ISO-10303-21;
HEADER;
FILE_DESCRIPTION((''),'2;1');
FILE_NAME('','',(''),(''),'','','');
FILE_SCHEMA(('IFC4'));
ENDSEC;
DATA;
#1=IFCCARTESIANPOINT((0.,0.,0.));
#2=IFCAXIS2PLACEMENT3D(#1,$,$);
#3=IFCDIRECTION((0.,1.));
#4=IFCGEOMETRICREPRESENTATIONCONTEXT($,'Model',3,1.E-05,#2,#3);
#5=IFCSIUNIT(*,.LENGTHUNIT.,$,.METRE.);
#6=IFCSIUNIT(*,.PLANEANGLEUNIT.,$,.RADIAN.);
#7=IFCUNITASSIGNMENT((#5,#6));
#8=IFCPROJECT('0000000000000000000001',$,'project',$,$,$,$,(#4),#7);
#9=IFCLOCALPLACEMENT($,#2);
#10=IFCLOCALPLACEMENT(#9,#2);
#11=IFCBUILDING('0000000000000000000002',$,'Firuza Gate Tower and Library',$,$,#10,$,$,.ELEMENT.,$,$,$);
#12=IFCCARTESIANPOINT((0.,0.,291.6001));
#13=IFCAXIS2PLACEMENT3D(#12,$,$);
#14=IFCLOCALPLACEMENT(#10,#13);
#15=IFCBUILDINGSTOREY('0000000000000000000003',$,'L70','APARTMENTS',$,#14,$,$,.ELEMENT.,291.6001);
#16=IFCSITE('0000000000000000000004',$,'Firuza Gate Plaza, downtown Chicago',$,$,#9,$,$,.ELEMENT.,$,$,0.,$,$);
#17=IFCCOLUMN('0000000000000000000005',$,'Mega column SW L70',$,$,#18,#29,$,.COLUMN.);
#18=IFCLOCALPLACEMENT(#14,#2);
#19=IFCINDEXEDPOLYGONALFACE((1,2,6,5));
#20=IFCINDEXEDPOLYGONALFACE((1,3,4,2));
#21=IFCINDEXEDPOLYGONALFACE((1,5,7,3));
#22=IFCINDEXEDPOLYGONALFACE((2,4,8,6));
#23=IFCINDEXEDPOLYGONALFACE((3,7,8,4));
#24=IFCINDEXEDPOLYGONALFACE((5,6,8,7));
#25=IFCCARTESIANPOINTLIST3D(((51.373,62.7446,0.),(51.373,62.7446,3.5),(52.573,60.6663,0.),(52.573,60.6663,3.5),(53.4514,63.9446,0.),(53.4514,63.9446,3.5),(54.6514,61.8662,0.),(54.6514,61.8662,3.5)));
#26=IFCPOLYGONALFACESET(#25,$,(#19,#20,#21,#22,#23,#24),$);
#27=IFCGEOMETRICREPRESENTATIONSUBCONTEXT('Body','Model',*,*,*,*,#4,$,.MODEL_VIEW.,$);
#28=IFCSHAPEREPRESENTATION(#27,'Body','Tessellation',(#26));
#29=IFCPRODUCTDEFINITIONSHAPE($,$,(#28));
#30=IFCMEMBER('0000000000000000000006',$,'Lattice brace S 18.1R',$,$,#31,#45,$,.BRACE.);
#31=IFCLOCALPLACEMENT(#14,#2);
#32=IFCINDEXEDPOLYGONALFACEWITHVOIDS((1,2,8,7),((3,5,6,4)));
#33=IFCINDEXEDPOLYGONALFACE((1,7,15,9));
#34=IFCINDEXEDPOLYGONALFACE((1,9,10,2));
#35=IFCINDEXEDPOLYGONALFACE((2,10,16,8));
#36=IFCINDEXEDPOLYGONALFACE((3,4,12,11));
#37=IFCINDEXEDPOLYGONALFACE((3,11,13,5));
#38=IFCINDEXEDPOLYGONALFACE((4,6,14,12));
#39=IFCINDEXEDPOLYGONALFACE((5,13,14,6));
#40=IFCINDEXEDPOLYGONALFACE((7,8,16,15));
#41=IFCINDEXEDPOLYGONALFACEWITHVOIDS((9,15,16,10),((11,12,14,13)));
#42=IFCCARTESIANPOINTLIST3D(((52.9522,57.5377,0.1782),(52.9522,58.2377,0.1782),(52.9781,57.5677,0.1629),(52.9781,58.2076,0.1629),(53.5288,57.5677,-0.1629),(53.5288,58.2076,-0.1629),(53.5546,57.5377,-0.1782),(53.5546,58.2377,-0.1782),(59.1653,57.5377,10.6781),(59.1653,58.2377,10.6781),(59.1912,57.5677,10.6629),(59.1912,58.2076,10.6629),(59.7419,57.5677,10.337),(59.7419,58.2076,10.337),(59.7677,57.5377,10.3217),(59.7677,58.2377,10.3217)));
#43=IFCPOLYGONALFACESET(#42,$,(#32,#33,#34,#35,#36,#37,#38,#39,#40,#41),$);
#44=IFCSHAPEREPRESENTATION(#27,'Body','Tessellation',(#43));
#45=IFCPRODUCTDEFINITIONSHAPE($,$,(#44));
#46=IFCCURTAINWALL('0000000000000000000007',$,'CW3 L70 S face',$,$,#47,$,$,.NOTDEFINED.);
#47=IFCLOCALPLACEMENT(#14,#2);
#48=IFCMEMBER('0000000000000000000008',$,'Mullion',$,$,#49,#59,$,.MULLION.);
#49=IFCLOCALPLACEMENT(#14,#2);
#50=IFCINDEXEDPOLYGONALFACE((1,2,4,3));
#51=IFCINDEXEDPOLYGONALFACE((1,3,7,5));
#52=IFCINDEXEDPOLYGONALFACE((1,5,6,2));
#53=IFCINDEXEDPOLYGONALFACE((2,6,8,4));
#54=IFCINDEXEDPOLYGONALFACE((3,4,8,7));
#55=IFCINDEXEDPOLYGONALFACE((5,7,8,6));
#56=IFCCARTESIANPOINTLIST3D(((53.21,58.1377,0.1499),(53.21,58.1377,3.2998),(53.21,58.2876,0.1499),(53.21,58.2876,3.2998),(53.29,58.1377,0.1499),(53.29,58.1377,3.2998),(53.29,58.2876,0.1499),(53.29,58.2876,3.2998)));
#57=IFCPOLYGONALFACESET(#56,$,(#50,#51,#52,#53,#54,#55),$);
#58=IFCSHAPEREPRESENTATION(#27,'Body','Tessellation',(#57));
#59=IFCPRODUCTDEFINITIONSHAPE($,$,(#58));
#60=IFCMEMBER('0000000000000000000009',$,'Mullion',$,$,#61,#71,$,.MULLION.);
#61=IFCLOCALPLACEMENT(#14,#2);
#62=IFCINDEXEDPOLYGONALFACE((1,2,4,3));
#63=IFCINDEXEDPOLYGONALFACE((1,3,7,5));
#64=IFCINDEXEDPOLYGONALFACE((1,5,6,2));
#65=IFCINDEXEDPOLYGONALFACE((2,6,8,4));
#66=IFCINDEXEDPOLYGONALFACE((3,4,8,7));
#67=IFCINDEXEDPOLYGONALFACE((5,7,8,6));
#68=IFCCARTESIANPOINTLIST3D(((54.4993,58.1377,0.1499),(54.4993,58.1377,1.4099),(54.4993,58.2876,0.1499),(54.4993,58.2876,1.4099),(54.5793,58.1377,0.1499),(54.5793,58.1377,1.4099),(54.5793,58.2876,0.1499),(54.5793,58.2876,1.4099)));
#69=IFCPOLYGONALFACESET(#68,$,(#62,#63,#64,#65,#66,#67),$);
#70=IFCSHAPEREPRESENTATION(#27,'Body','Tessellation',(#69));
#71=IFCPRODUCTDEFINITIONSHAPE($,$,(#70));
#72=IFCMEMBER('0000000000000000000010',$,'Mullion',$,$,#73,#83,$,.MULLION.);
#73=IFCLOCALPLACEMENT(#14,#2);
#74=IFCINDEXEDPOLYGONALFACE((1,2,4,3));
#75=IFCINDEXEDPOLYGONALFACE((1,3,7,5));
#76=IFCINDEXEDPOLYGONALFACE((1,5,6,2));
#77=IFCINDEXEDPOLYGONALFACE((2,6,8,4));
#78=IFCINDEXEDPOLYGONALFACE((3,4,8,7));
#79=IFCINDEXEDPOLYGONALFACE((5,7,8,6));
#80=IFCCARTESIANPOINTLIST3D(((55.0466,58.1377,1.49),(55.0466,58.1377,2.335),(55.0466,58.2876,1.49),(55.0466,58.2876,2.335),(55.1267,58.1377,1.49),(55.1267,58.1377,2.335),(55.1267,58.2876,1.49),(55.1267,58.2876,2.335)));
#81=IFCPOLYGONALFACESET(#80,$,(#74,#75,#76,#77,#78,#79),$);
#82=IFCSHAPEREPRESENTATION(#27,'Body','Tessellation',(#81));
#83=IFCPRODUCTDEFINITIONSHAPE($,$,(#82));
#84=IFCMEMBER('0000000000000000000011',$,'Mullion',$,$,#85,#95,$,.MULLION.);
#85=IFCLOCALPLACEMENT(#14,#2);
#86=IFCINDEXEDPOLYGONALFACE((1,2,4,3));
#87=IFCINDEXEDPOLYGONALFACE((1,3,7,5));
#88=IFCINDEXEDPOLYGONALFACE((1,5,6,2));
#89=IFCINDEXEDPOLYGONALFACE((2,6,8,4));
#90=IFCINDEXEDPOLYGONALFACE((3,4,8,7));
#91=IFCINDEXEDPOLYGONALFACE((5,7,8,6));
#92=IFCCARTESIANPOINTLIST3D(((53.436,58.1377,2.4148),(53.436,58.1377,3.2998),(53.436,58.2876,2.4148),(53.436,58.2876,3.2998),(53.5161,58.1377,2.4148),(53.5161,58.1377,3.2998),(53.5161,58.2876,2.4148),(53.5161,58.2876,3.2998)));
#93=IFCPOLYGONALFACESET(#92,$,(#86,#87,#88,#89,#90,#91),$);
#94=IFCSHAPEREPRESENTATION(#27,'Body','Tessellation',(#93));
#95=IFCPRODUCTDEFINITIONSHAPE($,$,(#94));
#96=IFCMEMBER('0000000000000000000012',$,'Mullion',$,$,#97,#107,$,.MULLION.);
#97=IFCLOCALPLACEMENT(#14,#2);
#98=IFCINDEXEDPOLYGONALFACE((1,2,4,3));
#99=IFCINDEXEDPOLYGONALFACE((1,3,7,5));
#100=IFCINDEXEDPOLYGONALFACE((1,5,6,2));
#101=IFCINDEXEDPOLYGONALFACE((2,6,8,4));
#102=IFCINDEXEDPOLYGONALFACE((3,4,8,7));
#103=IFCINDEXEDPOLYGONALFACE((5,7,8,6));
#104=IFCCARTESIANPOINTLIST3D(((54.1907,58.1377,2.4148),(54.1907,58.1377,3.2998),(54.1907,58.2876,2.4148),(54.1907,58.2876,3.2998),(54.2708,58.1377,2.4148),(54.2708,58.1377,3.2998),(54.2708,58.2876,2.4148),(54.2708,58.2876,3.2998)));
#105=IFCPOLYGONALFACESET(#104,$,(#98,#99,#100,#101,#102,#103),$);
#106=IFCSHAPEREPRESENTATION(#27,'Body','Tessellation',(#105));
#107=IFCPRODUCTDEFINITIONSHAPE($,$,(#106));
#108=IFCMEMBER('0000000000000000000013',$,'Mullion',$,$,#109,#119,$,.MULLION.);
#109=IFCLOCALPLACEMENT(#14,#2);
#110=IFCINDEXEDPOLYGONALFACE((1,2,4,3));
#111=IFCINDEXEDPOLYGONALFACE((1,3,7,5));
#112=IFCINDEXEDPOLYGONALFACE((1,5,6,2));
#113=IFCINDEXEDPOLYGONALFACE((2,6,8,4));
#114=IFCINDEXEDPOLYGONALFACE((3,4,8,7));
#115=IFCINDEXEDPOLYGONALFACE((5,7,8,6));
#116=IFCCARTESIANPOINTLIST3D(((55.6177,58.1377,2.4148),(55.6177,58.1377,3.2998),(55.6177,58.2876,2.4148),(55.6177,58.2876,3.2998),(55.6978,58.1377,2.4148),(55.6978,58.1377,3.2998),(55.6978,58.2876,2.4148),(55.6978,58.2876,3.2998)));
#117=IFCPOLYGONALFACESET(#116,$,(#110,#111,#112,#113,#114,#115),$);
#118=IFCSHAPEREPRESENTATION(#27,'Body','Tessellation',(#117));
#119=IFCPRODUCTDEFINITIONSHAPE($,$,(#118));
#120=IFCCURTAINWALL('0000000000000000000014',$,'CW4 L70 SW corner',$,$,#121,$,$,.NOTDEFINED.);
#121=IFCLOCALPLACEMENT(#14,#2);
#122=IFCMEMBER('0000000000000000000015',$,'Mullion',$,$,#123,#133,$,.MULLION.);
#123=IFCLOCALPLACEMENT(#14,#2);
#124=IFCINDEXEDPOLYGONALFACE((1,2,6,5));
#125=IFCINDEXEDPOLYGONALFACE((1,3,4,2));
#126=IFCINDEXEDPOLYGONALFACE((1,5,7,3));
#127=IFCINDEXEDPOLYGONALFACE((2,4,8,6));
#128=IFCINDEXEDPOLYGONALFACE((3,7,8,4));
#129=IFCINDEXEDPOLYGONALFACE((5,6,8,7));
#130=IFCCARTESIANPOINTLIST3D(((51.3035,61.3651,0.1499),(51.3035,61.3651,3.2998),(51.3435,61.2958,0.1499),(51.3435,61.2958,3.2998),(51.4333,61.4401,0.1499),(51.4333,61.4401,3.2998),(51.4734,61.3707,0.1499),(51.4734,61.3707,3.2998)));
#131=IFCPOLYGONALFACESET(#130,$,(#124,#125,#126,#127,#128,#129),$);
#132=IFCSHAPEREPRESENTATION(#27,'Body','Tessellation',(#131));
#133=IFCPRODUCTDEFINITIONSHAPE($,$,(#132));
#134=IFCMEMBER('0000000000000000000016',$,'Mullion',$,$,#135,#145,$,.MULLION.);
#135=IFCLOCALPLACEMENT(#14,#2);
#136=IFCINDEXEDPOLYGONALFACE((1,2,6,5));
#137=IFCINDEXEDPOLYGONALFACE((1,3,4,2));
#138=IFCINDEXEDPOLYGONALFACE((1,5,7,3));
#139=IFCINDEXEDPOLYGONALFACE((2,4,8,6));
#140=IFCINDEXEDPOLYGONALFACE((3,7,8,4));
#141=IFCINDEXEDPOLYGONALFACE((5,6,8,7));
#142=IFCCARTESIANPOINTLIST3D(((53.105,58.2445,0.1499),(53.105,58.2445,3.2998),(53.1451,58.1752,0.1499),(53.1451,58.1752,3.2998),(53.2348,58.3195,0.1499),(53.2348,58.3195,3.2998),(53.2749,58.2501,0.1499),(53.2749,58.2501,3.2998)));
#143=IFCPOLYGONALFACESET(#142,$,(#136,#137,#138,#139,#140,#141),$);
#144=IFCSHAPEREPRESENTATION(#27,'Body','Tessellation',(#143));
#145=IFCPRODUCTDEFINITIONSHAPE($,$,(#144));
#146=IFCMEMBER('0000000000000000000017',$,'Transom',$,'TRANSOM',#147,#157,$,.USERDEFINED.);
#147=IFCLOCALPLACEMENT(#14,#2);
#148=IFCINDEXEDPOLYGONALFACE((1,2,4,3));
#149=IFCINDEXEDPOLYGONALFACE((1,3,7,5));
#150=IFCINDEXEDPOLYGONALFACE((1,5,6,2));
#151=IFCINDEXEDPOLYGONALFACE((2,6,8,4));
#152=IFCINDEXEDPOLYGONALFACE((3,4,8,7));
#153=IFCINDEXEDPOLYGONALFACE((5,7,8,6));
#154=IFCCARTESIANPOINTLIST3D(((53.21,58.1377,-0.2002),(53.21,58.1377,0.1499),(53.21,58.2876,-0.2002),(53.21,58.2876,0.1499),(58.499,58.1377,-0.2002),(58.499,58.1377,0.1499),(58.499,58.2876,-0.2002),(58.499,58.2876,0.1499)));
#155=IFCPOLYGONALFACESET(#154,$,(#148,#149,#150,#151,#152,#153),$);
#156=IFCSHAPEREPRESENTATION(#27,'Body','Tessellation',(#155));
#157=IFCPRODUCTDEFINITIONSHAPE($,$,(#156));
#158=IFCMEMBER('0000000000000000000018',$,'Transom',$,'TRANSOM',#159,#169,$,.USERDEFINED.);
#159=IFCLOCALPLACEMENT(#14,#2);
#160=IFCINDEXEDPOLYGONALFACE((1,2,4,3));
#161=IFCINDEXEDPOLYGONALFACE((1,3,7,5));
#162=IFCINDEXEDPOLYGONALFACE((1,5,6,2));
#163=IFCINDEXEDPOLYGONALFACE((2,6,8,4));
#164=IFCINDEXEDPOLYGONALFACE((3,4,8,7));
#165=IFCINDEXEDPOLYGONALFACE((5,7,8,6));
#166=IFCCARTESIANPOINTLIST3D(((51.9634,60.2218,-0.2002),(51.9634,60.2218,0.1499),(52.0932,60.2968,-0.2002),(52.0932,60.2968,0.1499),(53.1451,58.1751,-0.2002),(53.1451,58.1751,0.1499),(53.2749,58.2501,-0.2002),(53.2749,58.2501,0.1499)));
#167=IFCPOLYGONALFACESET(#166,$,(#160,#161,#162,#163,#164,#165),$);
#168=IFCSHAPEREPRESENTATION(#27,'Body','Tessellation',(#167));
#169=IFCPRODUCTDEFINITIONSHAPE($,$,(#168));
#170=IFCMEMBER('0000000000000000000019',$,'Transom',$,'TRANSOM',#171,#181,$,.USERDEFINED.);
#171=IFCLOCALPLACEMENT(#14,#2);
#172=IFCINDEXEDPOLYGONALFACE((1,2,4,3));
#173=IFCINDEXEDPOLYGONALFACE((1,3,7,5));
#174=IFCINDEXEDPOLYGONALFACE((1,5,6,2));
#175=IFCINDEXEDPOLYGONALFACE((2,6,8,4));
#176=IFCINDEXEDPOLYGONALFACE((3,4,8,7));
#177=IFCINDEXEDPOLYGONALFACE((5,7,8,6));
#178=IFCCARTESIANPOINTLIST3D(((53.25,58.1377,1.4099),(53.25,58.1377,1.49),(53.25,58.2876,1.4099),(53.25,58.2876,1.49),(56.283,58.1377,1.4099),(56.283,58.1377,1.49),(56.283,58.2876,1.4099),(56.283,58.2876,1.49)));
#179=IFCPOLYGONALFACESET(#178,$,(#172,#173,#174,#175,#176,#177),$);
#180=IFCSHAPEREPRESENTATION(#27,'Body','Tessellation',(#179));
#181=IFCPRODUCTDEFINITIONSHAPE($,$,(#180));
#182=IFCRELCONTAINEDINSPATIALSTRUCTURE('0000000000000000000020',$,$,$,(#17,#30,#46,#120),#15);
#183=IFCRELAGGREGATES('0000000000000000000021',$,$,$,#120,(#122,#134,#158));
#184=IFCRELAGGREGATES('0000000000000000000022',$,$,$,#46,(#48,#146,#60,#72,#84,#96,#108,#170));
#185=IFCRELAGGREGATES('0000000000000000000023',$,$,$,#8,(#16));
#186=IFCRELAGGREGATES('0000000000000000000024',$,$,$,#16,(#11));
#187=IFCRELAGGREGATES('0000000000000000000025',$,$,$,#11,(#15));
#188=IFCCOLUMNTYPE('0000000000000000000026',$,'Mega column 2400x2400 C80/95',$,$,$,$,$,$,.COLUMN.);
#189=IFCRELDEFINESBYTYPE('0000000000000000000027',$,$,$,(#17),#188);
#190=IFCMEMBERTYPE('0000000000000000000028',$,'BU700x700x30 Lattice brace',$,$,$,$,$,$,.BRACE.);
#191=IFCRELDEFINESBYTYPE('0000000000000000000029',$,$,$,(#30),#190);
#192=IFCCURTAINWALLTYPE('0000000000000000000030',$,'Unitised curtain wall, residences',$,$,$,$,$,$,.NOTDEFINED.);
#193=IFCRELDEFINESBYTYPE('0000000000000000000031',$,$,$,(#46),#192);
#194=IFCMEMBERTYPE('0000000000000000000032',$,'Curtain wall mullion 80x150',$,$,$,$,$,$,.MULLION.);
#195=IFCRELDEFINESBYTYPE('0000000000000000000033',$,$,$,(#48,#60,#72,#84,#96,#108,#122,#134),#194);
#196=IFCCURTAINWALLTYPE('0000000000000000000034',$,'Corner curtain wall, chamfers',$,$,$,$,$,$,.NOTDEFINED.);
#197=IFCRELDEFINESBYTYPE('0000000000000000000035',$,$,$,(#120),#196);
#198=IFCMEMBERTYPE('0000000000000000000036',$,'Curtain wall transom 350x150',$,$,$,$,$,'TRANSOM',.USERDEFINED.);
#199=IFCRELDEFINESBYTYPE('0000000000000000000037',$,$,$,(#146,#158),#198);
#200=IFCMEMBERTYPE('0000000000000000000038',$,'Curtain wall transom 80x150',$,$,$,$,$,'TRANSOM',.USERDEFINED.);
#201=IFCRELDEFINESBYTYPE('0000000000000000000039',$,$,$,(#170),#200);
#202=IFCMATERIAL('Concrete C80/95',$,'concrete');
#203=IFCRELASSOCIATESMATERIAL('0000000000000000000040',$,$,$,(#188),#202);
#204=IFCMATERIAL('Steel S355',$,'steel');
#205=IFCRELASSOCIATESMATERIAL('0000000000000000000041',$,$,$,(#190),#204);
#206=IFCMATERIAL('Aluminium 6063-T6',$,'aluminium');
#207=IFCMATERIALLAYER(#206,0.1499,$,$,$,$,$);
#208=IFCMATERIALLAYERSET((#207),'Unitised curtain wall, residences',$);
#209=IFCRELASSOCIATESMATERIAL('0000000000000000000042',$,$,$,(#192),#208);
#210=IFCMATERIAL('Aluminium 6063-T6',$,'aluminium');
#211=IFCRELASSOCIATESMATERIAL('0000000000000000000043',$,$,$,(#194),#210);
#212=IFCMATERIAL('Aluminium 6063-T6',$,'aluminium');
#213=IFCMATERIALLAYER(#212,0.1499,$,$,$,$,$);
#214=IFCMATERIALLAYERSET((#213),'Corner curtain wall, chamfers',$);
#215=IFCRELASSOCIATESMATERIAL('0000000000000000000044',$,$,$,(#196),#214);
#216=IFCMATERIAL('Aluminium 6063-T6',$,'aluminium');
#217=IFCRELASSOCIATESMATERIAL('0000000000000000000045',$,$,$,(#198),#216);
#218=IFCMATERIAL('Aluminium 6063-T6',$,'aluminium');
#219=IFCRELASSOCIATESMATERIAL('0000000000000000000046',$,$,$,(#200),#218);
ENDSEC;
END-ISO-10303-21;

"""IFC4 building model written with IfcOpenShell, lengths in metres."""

from ifc_helpers import new_model, si_unit, direction, frame, origin, origin_2d, place, context, subcontext, project, spatial, rectangle, hollow_rectangle, extrude, material, layer, layer_set, material_profile, profile_set, type_object, element, aggregate, save


model = new_model("IFC4")

# Units and contexts
model_context = context("Model", 3, precision=1e-05, world=origin(), true_north=direction((0.0, 1.0)))
body_context = subcontext(model_context, "Body", "Model", "MODEL_VIEW")
ifc_project = project(units=[si_unit("LENGTHUNIT", "METRE"), si_unit("PLANEANGLEUNIT", "RADIAN")], contexts=[model_context])

# Site, building, storey
site_placement = place(None, origin())
site = spatial("IfcSite", under=ifc_project, at=site_placement, Name="Firuza Gate Plaza, downtown Chicago", CompositionType="ELEMENT", RefElevation=0.0)
building_placement = place(site_placement, origin())
building = spatial("IfcBuilding", under=site, at=building_placement, Name="Firuza Gate Tower and Library", CompositionType="ELEMENT")
storey_placement = place(building_placement, frame((0.0, 0.0, 291.6001)))
storey = spatial("IfcBuildingStorey", under=building, at=storey_placement, Name="L70", Description="APARTMENTS", CompositionType="ELEMENT", Elevation=291.6001)

# Column
ifc_material_1 = material(Name="Concrete C80/95", Category="concrete")
ifc_material_profile_1 = material_profile(ifc_material_1, rectangle(XDim=2.3999, YDim=2.3999, at=origin_2d()))
ifc_profile_set_1 = profile_set([ifc_material_profile_1], Name="Concrete C80/95")
column_type = type_object("IfcColumnType", Name="Mega column 2400x2400 C80/95", PredefinedType="COLUMN", material=ifc_profile_set_1)
column_placement = place(storey_placement, frame((53.0122, 62.3054, 0.0), z_axis=(0.0, 0.0, 1.0), x_axis=(0.5, -0.866025, 0.0)))
element("IfcColumn", 1, at=column_placement, inside=storey, type_object=column_type, Name="Mega column SW L70", PredefinedType="COLUMN", context=body_context, shape_type="SweptSolid", body=[
    extrude(rectangle(XDim=2.3999, YDim=2.3999, at=origin_2d()), origin(), (0.0, 0.0, 1.0), 3.5),
])

# Member
ifc_material_2 = material(Name="Steel S355", Category="steel")
ifc_material_profile_2 = material_profile(ifc_material_2, hollow_rectangle(XDim=0.7, YDim=0.7, WallThickness=0.03, at=origin_2d()))
ifc_profile_set_2 = profile_set([ifc_material_profile_2], Name="Steel S355")
member_type_1 = type_object("IfcMemberType", Name="BU700x700x30 Lattice brace", PredefinedType="BRACE", material=ifc_profile_set_2)
member_1_placement = place(storey_placement, frame((53.2534, 57.8877, 0.0), z_axis=(0.509251, 0.0, 0.860618), x_axis=(0.0, 1.0, 0.0)))
element("IfcMember", 2, at=member_1_placement, inside=storey, type_object=member_type_1, Name="Lattice brace S 18.1R", PredefinedType="BRACE", context=body_context, shape_type="SweptSolid", body=[
    extrude(hollow_rectangle(XDim=0.7, YDim=0.7, WallThickness=0.03, at=origin_2d()), origin(), (0.0, 0.0, 1.0), 12.2004),
])

# Curtain walls, members
ifc_material_3 = material(Name="Aluminium 6063-T6", Category="aluminium")
ifc_layer_1 = layer(ifc_material_3, 0.1499)
ifc_layer_set_1 = layer_set([ifc_layer_1], Name="Unitised curtain wall, residences")
curtain_wall_type_1 = type_object("IfcCurtainWallType", Name="Unitised curtain wall, residences", PredefinedType="NOTDEFINED", material=ifc_layer_set_1)
placement_1 = place(storey_placement, origin())
curtain_wall_1 = element("IfcCurtainWall", 3, at=placement_1, inside=storey, type_object=curtain_wall_type_1, Name="CW3 L70 S face", PredefinedType="NOTDEFINED")
ifc_material_4 = material(Name="Aluminium 6063-T6", Category="aluminium")
ifc_material_profile_3 = material_profile(ifc_material_4, rectangle(XDim=0.1499, YDim=0.0801, at=origin_2d()))
ifc_profile_set_3 = profile_set([ifc_material_profile_3], Name="Aluminium 6063-T6")
member_type_2 = type_object("IfcMemberType", Name="Curtain wall mullion 80x150", PredefinedType="MULLION", material=ifc_profile_set_3)
member_2_placement = place(storey_placement, frame((53.25, 58.2126, 0.1499), z_axis=(0.0, 0.0, 1.0), x_axis=(0.0, 1.0, 0.0)))
member_2 = element("IfcMember", 4, at=member_2_placement, type_object=member_type_2, Name="Mullion", PredefinedType="MULLION", context=body_context, shape_type="SweptSolid", body=[
    extrude(rectangle(XDim=0.1499, YDim=0.0801, at=origin_2d()), origin(), (0.0, 0.0, 1.0), 3.1499),
])
member_3_placement = place(storey_placement, frame((54.5393, 58.2126, 0.1499), z_axis=(0.0, 0.0, 1.0), x_axis=(0.0, 1.0, 0.0)))
member_3 = element("IfcMember", 5, at=member_3_placement, type_object=member_type_2, Name="Mullion", PredefinedType="MULLION", context=body_context, shape_type="SweptSolid", body=[
    extrude(rectangle(XDim=0.1499, YDim=0.0801, at=origin_2d()), origin(), (0.0, 0.0, 1.0), 1.26),
])
member_4_placement = place(storey_placement, frame((55.0867, 58.2126, 1.49), z_axis=(0.0, 0.0, 1.0), x_axis=(0.0, 1.0, 0.0)))
member_4 = element("IfcMember", 6, at=member_4_placement, type_object=member_type_2, Name="Mullion", PredefinedType="MULLION", context=body_context, shape_type="SweptSolid", body=[
    extrude(rectangle(XDim=0.1499, YDim=0.0801, at=origin_2d()), origin(), (0.0, 0.0, 1.0), 0.845),
])
member_5_placement = place(storey_placement, frame((53.4761, 58.2126, 2.4148), z_axis=(0.0, 0.0, 1.0), x_axis=(0.0, 1.0, 0.0)))
member_5 = element("IfcMember", 7, at=member_5_placement, type_object=member_type_2, Name="Mullion", PredefinedType="MULLION", context=body_context, shape_type="SweptSolid", body=[
    extrude(rectangle(XDim=0.1499, YDim=0.0801, at=origin_2d()), origin(), (0.0, 0.0, 1.0), 0.885),
])
member_6_placement = place(storey_placement, frame((54.2307, 58.2126, 2.4148), z_axis=(0.0, 0.0, 1.0), x_axis=(0.0, 1.0, 0.0)))
member_6 = element("IfcMember", 8, at=member_6_placement, type_object=member_type_2, Name="Mullion", PredefinedType="MULLION", context=body_context, shape_type="SweptSolid", body=[
    extrude(rectangle(XDim=0.1499, YDim=0.0801, at=origin_2d()), origin(), (0.0, 0.0, 1.0), 0.885),
])
member_7_placement = place(storey_placement, frame((55.6577, 58.2126, 2.4148), z_axis=(0.0, 0.0, 1.0), x_axis=(0.0, 1.0, 0.0)))
member_7 = element("IfcMember", 9, at=member_7_placement, type_object=member_type_2, Name="Mullion", PredefinedType="MULLION", context=body_context, shape_type="SweptSolid", body=[
    extrude(rectangle(XDim=0.1499, YDim=0.0801, at=origin_2d()), origin(), (0.0, 0.0, 1.0), 0.885),
])
ifc_material_5 = material(Name="Aluminium 6063-T6", Category="aluminium")
ifc_layer_2 = layer(ifc_material_5, 0.1499)
ifc_layer_set_2 = layer_set([ifc_layer_2], Name="Corner curtain wall, chamfers")
curtain_wall_type_2 = type_object("IfcCurtainWallType", Name="Corner curtain wall, chamfers", PredefinedType="NOTDEFINED", material=ifc_layer_set_2)
curtain_wall_2 = element("IfcCurtainWall", 10, at=placement_1, inside=storey, type_object=curtain_wall_type_2, Name="CW4 L70 SW corner", PredefinedType="NOTDEFINED")
member_8_placement = place(storey_placement, frame((51.3884, 61.3679, 0.1499), z_axis=(0.0, 0.0, 1.0), x_axis=(0.866025, 0.5, 0.0)))
member_8 = element("IfcMember", 11, at=member_8_placement, type_object=member_type_2, Name="Mullion", PredefinedType="MULLION", context=body_context, shape_type="SweptSolid", body=[
    extrude(rectangle(XDim=0.1499, YDim=0.0801, at=origin_2d()), origin(), (0.0, 0.0, 1.0), 3.1499),
])
member_9_placement = place(storey_placement, frame((53.1899, 58.2473, 0.1499), z_axis=(0.0, 0.0, 1.0), x_axis=(0.866025, 0.5, 0.0)))
member_9 = element("IfcMember", 12, at=member_9_placement, type_object=member_type_2, Name="Mullion", PredefinedType="MULLION", context=body_context, shape_type="SweptSolid", body=[
    extrude(rectangle(XDim=0.1499, YDim=0.0801, at=origin_2d()), origin(), (0.0, 0.0, 1.0), 3.1499),
])

# Members
ifc_material_6 = material(Name="Aluminium 6063-T6", Category="aluminium")
ifc_material_profile_4 = material_profile(ifc_material_6, rectangle(XDim=0.1499, YDim=0.3501, at=origin_2d()))
ifc_profile_set_4 = profile_set([ifc_material_profile_4], Name="Aluminium 6063-T6")
member_type_3 = type_object("IfcMemberType", Name="Curtain wall transom 350x150", ElementType="TRANSOM", PredefinedType="USERDEFINED", material=ifc_profile_set_4)
member_10_placement = place(storey_placement, frame((53.21, 58.2126, -0.0251), z_axis=(1.0, 0.0, 0.0), x_axis=(0.0, 1.0, 0.0)))
member_10 = element("IfcMember", 13, at=member_10_placement, type_object=member_type_3, Name="Transom", ObjectType="TRANSOM", PredefinedType="USERDEFINED", context=body_context, shape_type="SweptSolid", body=[
    extrude(rectangle(XDim=0.1499, YDim=0.3501, at=origin_2d()), origin(), (0.0, 0.0, 1.0), 5.2891),
])
member_11_placement = place(storey_placement, frame((52.0283, 60.2593, -0.0251), z_axis=(0.500006, -0.866022, 0.0), x_axis=(0.866022, 0.500006, 0.0)))
member_11 = element("IfcMember", 14, at=member_11_placement, type_object=member_type_3, Name="Transom", ObjectType="TRANSOM", PredefinedType="USERDEFINED", context=body_context, shape_type="SweptSolid", body=[
    extrude(rectangle(XDim=0.1499, YDim=0.3501, at=origin_2d()), origin(), (0.0, 0.0, 1.0), 2.3633),
])
ifc_material_7 = material(Name="Aluminium 6063-T6", Category="aluminium")
ifc_material_profile_5 = material_profile(ifc_material_7, rectangle(XDim=0.1499, YDim=0.0801, at=origin_2d()))
ifc_profile_set_5 = profile_set([ifc_material_profile_5], Name="Aluminium 6063-T6")
member_type_4 = type_object("IfcMemberType", Name="Curtain wall transom 80x150", ElementType="TRANSOM", PredefinedType="USERDEFINED", material=ifc_profile_set_5)
member_12_placement = place(storey_placement, frame((53.25, 58.2126, 1.45), z_axis=(1.0, 0.0, 0.0), x_axis=(0.0, 1.0, 0.0)))
member_12 = element("IfcMember", 15, at=member_12_placement, type_object=member_type_4, Name="Transom", ObjectType="TRANSOM", PredefinedType="USERDEFINED", context=body_context, shape_type="SweptSolid", body=[
    extrude(rectangle(XDim=0.1499, YDim=0.0801, at=origin_2d()), origin(), (0.0, 0.0, 1.0), 3.033),
])

aggregate(curtain_wall_2, [member_8, member_9, member_11])
aggregate(curtain_wall_1, [member_2, member_10, member_3, member_4, member_5, member_6, member_7, member_12])

save(model, "model.ifc")
